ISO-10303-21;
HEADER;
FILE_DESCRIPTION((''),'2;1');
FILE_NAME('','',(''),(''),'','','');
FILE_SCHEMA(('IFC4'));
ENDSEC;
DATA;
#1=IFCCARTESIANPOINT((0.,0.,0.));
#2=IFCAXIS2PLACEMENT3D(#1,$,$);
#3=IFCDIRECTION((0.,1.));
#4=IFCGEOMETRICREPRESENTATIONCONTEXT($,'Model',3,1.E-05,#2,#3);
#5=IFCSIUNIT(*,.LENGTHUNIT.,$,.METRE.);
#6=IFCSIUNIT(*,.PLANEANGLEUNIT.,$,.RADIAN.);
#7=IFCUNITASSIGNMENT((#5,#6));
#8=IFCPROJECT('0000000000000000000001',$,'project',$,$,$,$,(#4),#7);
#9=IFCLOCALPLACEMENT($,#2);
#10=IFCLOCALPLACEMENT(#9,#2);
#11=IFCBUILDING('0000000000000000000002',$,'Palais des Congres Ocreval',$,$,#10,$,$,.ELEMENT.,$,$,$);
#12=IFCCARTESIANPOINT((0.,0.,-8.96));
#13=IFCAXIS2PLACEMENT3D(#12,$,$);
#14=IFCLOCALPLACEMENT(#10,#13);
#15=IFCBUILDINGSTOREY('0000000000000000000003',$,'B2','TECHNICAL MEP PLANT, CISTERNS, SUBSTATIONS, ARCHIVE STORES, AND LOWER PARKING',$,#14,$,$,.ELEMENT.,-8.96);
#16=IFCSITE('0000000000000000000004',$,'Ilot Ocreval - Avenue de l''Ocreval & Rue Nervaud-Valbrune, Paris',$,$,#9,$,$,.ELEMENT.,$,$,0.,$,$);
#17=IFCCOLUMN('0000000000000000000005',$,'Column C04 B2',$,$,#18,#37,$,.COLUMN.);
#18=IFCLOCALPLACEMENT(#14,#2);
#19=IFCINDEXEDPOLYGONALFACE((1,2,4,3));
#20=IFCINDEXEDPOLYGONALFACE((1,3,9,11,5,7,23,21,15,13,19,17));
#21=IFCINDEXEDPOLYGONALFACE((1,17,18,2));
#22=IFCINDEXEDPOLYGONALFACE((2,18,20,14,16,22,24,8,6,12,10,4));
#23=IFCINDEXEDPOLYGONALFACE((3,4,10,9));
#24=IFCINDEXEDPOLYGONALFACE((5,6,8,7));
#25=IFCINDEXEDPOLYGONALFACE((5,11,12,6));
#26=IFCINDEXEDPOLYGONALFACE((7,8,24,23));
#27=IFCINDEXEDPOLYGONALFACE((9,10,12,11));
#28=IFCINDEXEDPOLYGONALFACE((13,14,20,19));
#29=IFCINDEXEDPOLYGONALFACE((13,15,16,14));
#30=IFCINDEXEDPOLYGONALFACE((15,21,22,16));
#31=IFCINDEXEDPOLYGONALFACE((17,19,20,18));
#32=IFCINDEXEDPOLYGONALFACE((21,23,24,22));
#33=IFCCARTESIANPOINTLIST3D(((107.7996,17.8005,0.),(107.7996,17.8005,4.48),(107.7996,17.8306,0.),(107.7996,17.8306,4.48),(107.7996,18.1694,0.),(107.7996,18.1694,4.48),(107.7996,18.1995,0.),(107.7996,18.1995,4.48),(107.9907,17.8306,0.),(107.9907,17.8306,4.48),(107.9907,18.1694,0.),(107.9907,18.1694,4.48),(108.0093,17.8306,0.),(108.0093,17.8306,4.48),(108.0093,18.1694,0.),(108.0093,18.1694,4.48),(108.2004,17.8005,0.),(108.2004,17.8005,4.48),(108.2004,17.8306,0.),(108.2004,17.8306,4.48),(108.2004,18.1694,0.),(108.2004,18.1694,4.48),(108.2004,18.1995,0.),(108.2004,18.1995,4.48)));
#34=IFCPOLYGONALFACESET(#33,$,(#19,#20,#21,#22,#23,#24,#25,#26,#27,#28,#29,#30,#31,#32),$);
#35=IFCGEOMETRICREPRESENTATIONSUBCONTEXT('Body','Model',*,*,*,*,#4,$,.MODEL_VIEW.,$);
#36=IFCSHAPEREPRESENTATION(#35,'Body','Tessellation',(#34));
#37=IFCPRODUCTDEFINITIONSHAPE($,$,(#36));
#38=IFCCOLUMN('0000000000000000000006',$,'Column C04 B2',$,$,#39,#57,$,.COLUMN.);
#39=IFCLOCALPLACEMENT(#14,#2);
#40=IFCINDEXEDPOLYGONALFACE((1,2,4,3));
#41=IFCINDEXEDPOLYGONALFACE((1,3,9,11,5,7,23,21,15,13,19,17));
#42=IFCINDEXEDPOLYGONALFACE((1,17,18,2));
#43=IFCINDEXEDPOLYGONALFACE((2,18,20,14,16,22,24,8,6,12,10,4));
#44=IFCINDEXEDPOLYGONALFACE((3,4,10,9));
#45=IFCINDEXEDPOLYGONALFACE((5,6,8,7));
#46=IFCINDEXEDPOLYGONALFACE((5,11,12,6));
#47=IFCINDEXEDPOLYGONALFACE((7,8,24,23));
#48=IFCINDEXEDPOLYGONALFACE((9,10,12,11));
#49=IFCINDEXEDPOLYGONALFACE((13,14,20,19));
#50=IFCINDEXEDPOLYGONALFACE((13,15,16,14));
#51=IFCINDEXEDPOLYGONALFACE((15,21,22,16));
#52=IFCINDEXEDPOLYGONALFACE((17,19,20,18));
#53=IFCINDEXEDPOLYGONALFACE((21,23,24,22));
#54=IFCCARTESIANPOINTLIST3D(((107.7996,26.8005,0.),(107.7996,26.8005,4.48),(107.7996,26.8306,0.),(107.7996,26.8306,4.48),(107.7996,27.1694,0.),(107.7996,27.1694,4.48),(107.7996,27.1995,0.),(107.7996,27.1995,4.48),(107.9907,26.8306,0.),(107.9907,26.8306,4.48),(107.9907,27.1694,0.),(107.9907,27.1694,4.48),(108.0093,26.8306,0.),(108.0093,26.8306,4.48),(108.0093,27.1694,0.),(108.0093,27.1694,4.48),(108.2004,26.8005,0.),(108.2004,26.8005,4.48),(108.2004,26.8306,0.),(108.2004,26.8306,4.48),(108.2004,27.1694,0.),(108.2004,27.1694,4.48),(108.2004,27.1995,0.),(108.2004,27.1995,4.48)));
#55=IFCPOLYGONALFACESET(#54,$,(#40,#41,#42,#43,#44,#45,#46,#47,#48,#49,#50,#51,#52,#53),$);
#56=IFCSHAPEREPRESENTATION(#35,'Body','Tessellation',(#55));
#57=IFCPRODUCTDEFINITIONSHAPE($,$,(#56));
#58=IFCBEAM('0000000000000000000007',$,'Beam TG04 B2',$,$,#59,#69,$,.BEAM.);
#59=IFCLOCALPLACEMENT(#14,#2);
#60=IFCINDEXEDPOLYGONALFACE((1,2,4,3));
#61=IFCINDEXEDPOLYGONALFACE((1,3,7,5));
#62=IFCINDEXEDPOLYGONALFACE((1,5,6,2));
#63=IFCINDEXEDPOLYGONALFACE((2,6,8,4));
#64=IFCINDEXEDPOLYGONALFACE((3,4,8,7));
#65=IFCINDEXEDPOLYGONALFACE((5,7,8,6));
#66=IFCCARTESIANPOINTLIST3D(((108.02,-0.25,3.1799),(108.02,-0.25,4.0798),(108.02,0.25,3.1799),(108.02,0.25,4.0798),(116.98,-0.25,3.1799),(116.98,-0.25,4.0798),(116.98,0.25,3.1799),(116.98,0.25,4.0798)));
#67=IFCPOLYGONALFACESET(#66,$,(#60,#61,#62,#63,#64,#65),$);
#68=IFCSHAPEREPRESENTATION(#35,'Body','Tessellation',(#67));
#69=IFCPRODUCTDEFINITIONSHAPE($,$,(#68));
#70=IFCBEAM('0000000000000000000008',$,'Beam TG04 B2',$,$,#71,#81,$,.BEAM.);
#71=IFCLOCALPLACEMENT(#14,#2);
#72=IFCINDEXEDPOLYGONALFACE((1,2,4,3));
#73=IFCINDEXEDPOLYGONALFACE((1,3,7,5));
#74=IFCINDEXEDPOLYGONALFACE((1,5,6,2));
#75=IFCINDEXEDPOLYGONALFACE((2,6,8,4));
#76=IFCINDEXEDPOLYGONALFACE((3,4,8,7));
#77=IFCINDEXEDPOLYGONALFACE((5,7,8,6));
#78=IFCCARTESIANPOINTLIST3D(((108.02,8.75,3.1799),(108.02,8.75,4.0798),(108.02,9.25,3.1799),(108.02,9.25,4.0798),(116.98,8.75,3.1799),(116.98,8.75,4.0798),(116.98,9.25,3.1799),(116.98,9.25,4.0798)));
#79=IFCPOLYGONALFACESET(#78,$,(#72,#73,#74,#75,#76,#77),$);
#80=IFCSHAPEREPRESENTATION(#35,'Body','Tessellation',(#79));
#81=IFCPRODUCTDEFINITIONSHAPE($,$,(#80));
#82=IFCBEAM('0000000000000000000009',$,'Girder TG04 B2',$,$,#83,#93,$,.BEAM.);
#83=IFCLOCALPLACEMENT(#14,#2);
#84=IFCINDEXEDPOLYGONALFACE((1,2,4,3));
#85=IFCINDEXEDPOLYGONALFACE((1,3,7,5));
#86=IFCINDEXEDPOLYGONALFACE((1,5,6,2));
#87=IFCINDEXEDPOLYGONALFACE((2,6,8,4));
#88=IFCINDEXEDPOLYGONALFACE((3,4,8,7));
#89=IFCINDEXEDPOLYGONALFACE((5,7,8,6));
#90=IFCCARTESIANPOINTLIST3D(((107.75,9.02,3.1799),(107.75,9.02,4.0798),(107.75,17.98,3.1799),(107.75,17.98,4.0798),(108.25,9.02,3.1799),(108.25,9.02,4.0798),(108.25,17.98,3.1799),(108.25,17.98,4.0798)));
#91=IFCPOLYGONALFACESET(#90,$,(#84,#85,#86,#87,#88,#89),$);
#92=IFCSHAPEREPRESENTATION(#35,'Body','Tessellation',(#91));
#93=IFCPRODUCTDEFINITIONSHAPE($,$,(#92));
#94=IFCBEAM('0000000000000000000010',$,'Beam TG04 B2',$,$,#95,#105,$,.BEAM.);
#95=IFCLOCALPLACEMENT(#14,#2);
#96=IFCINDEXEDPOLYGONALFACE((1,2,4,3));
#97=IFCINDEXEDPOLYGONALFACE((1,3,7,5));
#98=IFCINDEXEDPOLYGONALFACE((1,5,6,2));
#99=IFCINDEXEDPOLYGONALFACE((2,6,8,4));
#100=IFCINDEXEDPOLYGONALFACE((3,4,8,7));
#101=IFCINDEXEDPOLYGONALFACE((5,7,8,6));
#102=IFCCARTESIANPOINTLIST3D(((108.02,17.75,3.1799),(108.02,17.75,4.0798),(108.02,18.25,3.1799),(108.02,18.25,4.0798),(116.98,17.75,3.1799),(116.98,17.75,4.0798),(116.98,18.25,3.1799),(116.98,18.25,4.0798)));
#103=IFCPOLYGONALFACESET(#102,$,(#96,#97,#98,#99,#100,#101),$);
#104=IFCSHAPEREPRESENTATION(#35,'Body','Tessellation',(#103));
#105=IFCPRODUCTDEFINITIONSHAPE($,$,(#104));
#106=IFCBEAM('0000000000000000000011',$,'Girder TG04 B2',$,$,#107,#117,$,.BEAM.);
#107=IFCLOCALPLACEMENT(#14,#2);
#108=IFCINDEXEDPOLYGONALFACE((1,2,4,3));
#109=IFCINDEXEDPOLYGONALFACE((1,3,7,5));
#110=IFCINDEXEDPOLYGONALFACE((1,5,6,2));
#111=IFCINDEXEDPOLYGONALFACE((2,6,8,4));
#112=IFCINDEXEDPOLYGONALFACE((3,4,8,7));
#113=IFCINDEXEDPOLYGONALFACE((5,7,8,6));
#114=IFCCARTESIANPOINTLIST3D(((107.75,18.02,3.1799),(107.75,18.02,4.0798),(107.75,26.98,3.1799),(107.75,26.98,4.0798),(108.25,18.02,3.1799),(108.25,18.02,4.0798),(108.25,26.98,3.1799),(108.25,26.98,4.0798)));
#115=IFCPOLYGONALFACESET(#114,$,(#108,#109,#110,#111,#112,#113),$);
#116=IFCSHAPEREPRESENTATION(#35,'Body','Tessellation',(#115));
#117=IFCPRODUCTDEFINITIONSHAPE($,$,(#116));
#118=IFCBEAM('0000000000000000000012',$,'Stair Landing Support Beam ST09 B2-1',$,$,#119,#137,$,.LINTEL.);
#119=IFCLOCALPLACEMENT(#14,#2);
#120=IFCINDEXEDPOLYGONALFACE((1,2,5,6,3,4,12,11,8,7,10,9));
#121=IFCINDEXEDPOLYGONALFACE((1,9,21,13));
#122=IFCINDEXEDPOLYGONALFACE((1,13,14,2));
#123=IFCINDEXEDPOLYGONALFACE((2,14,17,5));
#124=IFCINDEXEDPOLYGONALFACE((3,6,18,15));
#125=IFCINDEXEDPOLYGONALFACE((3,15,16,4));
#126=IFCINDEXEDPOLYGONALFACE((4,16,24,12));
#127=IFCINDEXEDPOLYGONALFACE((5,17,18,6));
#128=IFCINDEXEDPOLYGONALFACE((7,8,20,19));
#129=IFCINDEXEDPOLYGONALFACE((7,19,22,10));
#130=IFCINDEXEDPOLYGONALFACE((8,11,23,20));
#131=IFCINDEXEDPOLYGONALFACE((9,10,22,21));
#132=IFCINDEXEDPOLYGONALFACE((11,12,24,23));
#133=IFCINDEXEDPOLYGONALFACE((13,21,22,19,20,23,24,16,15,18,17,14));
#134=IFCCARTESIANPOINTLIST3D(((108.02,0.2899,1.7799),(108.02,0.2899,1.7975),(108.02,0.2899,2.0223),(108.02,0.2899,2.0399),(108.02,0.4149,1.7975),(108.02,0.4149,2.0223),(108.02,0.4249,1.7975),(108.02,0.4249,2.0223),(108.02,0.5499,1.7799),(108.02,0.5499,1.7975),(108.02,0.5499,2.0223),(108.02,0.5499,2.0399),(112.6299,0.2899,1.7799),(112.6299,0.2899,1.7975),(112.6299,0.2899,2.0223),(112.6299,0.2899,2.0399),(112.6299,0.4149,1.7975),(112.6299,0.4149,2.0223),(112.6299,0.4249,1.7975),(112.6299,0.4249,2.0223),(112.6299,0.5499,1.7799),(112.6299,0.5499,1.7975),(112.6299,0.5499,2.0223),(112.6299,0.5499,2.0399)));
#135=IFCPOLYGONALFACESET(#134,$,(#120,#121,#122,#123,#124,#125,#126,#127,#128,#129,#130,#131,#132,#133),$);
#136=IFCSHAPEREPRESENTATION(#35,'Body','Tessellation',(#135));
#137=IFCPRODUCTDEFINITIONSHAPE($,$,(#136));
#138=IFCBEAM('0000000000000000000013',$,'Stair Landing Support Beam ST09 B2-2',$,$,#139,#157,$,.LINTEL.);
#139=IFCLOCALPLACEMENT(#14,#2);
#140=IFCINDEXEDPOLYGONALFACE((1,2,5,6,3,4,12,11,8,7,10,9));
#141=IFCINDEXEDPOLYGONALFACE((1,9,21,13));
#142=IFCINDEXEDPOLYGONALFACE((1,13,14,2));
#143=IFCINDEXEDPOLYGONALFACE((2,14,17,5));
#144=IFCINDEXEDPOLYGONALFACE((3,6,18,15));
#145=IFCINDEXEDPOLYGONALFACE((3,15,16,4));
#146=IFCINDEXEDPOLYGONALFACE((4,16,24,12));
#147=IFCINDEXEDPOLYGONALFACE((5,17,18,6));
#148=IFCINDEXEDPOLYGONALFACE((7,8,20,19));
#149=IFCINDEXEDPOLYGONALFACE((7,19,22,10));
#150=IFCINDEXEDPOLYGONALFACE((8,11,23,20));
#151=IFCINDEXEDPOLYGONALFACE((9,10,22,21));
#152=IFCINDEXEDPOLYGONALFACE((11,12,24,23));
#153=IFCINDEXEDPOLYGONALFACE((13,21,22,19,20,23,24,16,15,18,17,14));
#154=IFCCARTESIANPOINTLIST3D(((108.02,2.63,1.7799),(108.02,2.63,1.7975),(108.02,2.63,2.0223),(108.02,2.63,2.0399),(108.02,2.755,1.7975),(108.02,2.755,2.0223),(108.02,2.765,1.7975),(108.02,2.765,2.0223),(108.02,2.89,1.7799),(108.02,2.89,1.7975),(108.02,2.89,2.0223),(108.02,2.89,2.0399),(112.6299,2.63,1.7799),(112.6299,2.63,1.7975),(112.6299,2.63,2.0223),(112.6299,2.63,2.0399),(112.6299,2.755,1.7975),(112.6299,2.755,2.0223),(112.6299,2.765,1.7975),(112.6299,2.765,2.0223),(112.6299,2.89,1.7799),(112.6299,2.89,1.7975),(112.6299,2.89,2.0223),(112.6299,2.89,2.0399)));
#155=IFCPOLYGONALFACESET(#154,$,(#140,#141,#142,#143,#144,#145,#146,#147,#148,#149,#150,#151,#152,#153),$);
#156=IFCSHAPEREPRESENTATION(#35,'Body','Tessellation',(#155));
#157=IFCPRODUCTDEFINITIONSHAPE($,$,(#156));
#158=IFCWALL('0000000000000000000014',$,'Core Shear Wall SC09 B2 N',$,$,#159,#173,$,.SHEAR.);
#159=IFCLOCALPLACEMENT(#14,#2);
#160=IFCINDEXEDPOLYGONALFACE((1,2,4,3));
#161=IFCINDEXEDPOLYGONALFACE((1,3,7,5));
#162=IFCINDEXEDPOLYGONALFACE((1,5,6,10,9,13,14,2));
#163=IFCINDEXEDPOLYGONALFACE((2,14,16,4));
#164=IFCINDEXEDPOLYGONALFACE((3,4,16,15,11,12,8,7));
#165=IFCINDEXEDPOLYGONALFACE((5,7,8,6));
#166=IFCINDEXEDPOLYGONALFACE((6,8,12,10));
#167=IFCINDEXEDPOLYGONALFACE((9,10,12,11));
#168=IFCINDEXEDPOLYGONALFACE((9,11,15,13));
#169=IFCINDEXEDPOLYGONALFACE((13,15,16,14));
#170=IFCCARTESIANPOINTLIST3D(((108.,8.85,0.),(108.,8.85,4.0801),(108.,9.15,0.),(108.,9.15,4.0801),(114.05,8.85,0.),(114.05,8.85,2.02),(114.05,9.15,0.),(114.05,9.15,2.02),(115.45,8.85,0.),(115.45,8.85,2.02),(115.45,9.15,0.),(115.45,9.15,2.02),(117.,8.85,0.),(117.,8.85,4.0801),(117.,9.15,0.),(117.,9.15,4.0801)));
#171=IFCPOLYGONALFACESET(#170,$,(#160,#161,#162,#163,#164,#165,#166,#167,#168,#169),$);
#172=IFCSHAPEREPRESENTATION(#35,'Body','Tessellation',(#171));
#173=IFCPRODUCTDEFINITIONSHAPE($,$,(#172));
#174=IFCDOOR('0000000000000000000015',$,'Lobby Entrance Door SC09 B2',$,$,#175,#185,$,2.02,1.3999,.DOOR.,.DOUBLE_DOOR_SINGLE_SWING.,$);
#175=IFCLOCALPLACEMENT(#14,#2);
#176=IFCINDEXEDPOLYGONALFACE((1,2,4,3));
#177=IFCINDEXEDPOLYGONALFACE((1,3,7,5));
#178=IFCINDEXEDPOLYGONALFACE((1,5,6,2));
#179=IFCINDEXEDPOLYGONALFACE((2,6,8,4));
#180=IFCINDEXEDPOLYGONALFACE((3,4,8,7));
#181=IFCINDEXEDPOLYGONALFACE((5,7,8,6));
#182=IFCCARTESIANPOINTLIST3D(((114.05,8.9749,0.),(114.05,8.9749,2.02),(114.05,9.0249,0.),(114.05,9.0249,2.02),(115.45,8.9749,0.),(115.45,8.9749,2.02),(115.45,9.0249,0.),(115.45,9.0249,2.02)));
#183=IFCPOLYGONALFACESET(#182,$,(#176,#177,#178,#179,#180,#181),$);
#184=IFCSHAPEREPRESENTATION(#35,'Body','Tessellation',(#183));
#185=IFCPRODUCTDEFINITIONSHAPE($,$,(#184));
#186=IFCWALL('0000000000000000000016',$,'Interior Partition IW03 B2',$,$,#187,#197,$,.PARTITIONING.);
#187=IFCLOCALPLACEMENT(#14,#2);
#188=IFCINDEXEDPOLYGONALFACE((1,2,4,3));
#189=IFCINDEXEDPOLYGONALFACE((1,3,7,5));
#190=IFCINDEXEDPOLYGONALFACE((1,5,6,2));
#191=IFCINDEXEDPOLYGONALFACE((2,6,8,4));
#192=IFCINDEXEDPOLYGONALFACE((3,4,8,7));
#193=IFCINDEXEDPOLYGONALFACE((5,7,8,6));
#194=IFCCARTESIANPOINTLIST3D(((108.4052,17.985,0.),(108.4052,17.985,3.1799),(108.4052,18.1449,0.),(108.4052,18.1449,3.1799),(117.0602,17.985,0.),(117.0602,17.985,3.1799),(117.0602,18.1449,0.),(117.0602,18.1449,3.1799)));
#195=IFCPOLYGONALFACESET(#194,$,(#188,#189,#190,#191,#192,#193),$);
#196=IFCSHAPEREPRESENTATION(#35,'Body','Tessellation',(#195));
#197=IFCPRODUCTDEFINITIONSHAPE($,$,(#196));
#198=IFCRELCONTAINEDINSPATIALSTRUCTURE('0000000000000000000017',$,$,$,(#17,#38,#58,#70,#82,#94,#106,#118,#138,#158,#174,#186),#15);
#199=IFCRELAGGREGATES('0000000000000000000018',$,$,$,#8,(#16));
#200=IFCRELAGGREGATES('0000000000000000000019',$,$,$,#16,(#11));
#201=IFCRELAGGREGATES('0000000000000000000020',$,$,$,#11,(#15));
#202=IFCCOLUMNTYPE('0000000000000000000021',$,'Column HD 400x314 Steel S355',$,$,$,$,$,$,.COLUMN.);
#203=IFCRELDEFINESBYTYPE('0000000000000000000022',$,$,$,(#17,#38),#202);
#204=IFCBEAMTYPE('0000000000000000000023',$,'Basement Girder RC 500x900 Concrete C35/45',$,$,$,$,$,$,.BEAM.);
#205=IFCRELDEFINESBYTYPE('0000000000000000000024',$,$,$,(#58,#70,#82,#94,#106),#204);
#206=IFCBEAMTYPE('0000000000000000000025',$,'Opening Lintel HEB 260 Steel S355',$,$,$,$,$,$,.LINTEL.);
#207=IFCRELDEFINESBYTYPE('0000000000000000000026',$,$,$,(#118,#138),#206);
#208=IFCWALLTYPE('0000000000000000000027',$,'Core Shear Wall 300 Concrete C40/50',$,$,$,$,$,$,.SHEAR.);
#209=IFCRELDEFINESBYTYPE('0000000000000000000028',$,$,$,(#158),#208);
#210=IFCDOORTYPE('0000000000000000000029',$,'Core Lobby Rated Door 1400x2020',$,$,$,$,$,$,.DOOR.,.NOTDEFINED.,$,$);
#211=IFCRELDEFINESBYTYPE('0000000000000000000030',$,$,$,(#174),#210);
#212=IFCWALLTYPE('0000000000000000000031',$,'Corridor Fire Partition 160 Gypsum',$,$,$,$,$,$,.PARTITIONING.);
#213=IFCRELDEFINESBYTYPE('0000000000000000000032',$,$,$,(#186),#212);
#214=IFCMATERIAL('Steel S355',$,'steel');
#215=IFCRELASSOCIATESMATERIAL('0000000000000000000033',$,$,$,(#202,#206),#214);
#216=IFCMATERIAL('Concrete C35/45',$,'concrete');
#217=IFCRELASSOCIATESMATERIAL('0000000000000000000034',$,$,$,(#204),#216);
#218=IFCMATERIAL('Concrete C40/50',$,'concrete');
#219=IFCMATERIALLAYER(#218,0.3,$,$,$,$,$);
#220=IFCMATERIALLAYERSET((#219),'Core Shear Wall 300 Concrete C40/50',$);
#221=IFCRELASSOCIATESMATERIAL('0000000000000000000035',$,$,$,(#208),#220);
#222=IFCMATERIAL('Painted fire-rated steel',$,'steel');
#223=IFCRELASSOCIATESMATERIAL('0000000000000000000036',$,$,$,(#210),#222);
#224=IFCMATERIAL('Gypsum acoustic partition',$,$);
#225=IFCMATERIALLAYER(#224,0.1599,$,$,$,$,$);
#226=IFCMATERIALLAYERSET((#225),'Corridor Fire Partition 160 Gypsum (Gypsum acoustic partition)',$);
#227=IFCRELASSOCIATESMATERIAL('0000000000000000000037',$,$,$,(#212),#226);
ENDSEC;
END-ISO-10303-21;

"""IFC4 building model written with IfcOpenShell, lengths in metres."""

from ifc_helpers import new_model, si_unit, direction, frame, frame_2d, origin, origin_2d, place, context, subcontext, project, spatial, rectangle, i_section, extrude, material, layer, layer_set, material_profile, profile_set, type_object, element, fill, save


model = new_model("IFC4")

# Units and contexts
model_context = context("Model", 3, precision=1e-05, world=origin(), true_north=direction((0.0, 1.0)))
body_context = subcontext(model_context, "Body", "Model", "MODEL_VIEW")
ifc_project = project(units=[si_unit("LENGTHUNIT", "METRE"), si_unit("PLANEANGLEUNIT", "RADIAN")], contexts=[model_context])

# Site, building, storey
site_placement = place(None, origin())
site = spatial("IfcSite", under=ifc_project, at=site_placement, Name="Ilot Ocreval - Avenue de l'Ocreval & Rue Nervaud-Valbrune, Paris", CompositionType="ELEMENT", RefElevation=0.0)
building_placement = place(site_placement, origin())
building = spatial("IfcBuilding", under=site, at=building_placement, Name="Palais des Congres Ocreval", CompositionType="ELEMENT")
storey_placement = place(building_placement, frame((0.0, 0.0, -8.96)))
storey = spatial("IfcBuildingStorey", under=building, at=storey_placement, Name="B2", Description="TECHNICAL MEP PLANT, CISTERNS, SUBSTATIONS, ARCHIVE STORES, AND LOWER PARKING", CompositionType="ELEMENT", Elevation=-8.96)

# Shared definitions
ifc_material_1 = material(Name="Concrete C35/45", Category="concrete")

# Columns
ifc_material_2 = material(Name="Steel S355", Category="steel")
ifc_material_profile_1 = material_profile(ifc_material_2, i_section(OverallWidth=0.4009, OverallDepth=0.3989, WebThickness=0.0186, FlangeThickness=0.03, at=origin_2d()), Name="HD 400x314")
ifc_profile_set_1 = profile_set([ifc_material_profile_1], Name="Steel S355")
column_type = type_object("IfcColumnType", Name="Column HD 400x314 Steel S355", PredefinedType="COLUMN", material=ifc_profile_set_1)
for number, where, z_axis, x_axis, name in (
    (1, (108.0, 18.0, 0.0), (0.0, 0.0, 1.0), (1.0, 0.0, 0.0), "Column C04 B2"),
    (2, (108.0, 27.0, 0.0), (0.0, 0.0, 1.0), (1.0, 0.0, 0.0), "Column C04 B2"),
):
    element("IfcColumn", number, at=place(storey_placement, frame(where, z_axis=z_axis, x_axis=x_axis)), inside=storey, type_object=column_type, Name=name, PredefinedType="COLUMN", context=body_context, shape_type="SweptSolid", body=[
        extrude(i_section(OverallWidth=0.4009, OverallDepth=0.3989, WebThickness=0.0186, FlangeThickness=0.03, at=origin_2d()), origin(), (0.0, 0.0, 1.0), 4.48),
    ])

# Beams
ifc_material_profile_2 = material_profile(ifc_material_1, rectangle(XDim=0.5, YDim=0.8999, at=origin_2d()), Name="RC 500x900")
ifc_profile_set_2 = profile_set([ifc_material_profile_2], Name="Concrete C35/45")
beam_type_1 = type_object("IfcBeamType", Name="Basement Girder RC 500x900 Concrete C35/45", PredefinedType="BEAM", material=ifc_profile_set_2)
for number, where, z_axis, x_axis, name in (
    (3, (108.02, 0.0, 3.6299), (1.0, 0.0, 0.0), (0.0, 1.0, 0.0), "Beam TG04 B2"),
    (4, (108.02, 9.0, 3.6299), (1.0, 0.0, 0.0), (0.0, 1.0, 0.0), "Beam TG04 B2"),
    (5, (108.0, 9.02, 3.6299), (0.0, 1.0, 0.0), (-1.0, 0.0, 0.0), "Girder TG04 B2"),
    (6, (108.02, 18.0, 3.6299), (1.0, 0.0, 0.0), (0.0, 1.0, 0.0), "Beam TG04 B2"),
    (7, (108.0, 18.02, 3.6299), (0.0, 1.0, 0.0), (-1.0, 0.0, 0.0), "Girder TG04 B2"),
):
    element("IfcBeam", number, at=place(storey_placement, frame(where, z_axis=z_axis, x_axis=x_axis)), inside=storey, type_object=beam_type_1, Name=name, PredefinedType="BEAM", context=body_context, shape_type="SweptSolid", body=[
        extrude(rectangle(XDim=0.5, YDim=0.8999, at=origin_2d()), origin(), (0.0, 0.0, 1.0), 8.96),
    ])
ifc_material_profile_3 = material_profile(ifc_material_2, i_section(OverallWidth=0.26, OverallDepth=0.26, WebThickness=0.01, FlangeThickness=0.0176, at=origin_2d()), Name="HEB 260")
ifc_profile_set_3 = profile_set([ifc_material_profile_3], Name="Steel S355")
beam_type_2 = type_object("IfcBeamType", Name="Opening Lintel HEB 260 Steel S355", PredefinedType="LINTEL", material=ifc_profile_set_3)
for number, where, z_axis, x_axis, name in (
    (8, (108.02, 0.4199, 1.9099), (1.0, 0.0, 0.0), (0.0, 1.0, 0.0), "Stair Landing Support Beam ST09 B2-1"),
    (9, (108.02, 2.76, 1.9099), (1.0, 0.0, 0.0), (0.0, 1.0, 0.0), "Stair Landing Support Beam ST09 B2-2"),
):
    element("IfcBeam", number, at=place(storey_placement, frame(where, z_axis=z_axis, x_axis=x_axis)), inside=storey, type_object=beam_type_2, Name=name, PredefinedType="LINTEL", context=body_context, shape_type="SweptSolid", body=[
        extrude(i_section(OverallWidth=0.26, OverallDepth=0.26, WebThickness=0.01, FlangeThickness=0.0176, at=origin_2d()), origin(), (0.0, 0.0, 1.0), 4.6099),
    ])

# Wall, opening, door
ifc_material_3 = material(Name="Concrete C40/50", Category="concrete")
ifc_layer_1 = layer(ifc_material_3, 0.3)
ifc_layer_set_1 = layer_set([ifc_layer_1], Name="Core Shear Wall 300 Concrete C40/50")
wall_type_1 = type_object("IfcWallType", Name="Core Shear Wall 300 Concrete C40/50", PredefinedType="SHEAR", material=ifc_layer_set_1)
wall_1_placement = place(storey_placement, frame((108.0, 9.0, 0.0), z_axis=(0.0, 0.0, 1.0), x_axis=(1.0, 0.0, 0.0)))
wall_1 = element("IfcWall", 10, at=wall_1_placement, inside=storey, type_object=wall_type_1, Name="Core Shear Wall SC09 B2 N", PredefinedType="SHEAR", context=body_context, shape_type="SweptSolid", body=[
    extrude(rectangle(XDim=9.0, YDim=0.3, at=frame_2d((4.5, 0.0))), origin(), (0.0, 0.0, 1.0), 4.0801),
])
opening_placement = place(wall_1_placement, frame((6.05, 0.0, 0.0)))
opening = element("IfcOpeningElement", 11, at=opening_placement, cuts=wall_1, PredefinedType="OPENING", context=body_context, shape_type="SweptSolid", body=[
    extrude(rectangle(XDim=1.3999, YDim=2.02, at=frame_2d((0.7, 1.01))), frame((0.0, 0.1599, 0.0), z_axis=(0.0, -1.0, 0.0), x_axis=(1.0, 0.0, 0.0)), (0.0, 0.0, 1.0), 0.3201),
])
ifc_material_4 = material(Name="Painted fire-rated steel", Category="steel")
door_type = type_object("IfcDoorType", Name="Core Lobby Rated Door 1400x2020", OperationType="NOTDEFINED", PredefinedType="DOOR", material=ifc_material_4)
door_placement = place(opening_placement, origin())
door = element("IfcDoor", 12, at=door_placement, inside=storey, type_object=door_type, Name="Lobby Entrance Door SC09 B2", OperationType="DOUBLE_DOOR_SINGLE_SWING", OverallHeight=2.02, OverallWidth=1.3999, PredefinedType="DOOR", context=body_context, shape_type="SweptSolid", body=[
    extrude(rectangle(XDim=1.3999, YDim=2.02, at=frame_2d((0.7, 1.01))), frame((0.0, 0.0249, 0.0), z_axis=(0.0, -1.0, 0.0), x_axis=(1.0, 0.0, 0.0)), (0.0, 0.0, 1.0), 0.05),
])
fill(opening, door)

# Wall
ifc_material_5 = material(Name="Gypsum acoustic partition")
ifc_layer_2 = layer(ifc_material_5, 0.1599)
ifc_layer_set_2 = layer_set([ifc_layer_2], Name="Corridor Fire Partition 160 Gypsum (Gypsum acoustic partition)")
wall_type_2 = type_object("IfcWallType", Name="Corridor Fire Partition 160 Gypsum", PredefinedType="PARTITIONING", material=ifc_layer_set_2)
wall_2_placement = place(storey_placement, frame((108.405, 18.0649, 0.0), z_axis=(0.0, 0.0, 1.0), x_axis=(1.0, 0.0, 0.0)))
element("IfcWall", 13, at=wall_2_placement, inside=storey, type_object=wall_type_2, Name="Interior Partition IW03 B2", PredefinedType="PARTITIONING", context=body_context, shape_type="SweptSolid", body=[
    extrude(rectangle(XDim=8.655, YDim=0.1599, at=frame_2d((4.3276, 0.0))), origin(), (0.0, 0.0, 1.0), 3.1799),
])

save(model, "model.ifc")
